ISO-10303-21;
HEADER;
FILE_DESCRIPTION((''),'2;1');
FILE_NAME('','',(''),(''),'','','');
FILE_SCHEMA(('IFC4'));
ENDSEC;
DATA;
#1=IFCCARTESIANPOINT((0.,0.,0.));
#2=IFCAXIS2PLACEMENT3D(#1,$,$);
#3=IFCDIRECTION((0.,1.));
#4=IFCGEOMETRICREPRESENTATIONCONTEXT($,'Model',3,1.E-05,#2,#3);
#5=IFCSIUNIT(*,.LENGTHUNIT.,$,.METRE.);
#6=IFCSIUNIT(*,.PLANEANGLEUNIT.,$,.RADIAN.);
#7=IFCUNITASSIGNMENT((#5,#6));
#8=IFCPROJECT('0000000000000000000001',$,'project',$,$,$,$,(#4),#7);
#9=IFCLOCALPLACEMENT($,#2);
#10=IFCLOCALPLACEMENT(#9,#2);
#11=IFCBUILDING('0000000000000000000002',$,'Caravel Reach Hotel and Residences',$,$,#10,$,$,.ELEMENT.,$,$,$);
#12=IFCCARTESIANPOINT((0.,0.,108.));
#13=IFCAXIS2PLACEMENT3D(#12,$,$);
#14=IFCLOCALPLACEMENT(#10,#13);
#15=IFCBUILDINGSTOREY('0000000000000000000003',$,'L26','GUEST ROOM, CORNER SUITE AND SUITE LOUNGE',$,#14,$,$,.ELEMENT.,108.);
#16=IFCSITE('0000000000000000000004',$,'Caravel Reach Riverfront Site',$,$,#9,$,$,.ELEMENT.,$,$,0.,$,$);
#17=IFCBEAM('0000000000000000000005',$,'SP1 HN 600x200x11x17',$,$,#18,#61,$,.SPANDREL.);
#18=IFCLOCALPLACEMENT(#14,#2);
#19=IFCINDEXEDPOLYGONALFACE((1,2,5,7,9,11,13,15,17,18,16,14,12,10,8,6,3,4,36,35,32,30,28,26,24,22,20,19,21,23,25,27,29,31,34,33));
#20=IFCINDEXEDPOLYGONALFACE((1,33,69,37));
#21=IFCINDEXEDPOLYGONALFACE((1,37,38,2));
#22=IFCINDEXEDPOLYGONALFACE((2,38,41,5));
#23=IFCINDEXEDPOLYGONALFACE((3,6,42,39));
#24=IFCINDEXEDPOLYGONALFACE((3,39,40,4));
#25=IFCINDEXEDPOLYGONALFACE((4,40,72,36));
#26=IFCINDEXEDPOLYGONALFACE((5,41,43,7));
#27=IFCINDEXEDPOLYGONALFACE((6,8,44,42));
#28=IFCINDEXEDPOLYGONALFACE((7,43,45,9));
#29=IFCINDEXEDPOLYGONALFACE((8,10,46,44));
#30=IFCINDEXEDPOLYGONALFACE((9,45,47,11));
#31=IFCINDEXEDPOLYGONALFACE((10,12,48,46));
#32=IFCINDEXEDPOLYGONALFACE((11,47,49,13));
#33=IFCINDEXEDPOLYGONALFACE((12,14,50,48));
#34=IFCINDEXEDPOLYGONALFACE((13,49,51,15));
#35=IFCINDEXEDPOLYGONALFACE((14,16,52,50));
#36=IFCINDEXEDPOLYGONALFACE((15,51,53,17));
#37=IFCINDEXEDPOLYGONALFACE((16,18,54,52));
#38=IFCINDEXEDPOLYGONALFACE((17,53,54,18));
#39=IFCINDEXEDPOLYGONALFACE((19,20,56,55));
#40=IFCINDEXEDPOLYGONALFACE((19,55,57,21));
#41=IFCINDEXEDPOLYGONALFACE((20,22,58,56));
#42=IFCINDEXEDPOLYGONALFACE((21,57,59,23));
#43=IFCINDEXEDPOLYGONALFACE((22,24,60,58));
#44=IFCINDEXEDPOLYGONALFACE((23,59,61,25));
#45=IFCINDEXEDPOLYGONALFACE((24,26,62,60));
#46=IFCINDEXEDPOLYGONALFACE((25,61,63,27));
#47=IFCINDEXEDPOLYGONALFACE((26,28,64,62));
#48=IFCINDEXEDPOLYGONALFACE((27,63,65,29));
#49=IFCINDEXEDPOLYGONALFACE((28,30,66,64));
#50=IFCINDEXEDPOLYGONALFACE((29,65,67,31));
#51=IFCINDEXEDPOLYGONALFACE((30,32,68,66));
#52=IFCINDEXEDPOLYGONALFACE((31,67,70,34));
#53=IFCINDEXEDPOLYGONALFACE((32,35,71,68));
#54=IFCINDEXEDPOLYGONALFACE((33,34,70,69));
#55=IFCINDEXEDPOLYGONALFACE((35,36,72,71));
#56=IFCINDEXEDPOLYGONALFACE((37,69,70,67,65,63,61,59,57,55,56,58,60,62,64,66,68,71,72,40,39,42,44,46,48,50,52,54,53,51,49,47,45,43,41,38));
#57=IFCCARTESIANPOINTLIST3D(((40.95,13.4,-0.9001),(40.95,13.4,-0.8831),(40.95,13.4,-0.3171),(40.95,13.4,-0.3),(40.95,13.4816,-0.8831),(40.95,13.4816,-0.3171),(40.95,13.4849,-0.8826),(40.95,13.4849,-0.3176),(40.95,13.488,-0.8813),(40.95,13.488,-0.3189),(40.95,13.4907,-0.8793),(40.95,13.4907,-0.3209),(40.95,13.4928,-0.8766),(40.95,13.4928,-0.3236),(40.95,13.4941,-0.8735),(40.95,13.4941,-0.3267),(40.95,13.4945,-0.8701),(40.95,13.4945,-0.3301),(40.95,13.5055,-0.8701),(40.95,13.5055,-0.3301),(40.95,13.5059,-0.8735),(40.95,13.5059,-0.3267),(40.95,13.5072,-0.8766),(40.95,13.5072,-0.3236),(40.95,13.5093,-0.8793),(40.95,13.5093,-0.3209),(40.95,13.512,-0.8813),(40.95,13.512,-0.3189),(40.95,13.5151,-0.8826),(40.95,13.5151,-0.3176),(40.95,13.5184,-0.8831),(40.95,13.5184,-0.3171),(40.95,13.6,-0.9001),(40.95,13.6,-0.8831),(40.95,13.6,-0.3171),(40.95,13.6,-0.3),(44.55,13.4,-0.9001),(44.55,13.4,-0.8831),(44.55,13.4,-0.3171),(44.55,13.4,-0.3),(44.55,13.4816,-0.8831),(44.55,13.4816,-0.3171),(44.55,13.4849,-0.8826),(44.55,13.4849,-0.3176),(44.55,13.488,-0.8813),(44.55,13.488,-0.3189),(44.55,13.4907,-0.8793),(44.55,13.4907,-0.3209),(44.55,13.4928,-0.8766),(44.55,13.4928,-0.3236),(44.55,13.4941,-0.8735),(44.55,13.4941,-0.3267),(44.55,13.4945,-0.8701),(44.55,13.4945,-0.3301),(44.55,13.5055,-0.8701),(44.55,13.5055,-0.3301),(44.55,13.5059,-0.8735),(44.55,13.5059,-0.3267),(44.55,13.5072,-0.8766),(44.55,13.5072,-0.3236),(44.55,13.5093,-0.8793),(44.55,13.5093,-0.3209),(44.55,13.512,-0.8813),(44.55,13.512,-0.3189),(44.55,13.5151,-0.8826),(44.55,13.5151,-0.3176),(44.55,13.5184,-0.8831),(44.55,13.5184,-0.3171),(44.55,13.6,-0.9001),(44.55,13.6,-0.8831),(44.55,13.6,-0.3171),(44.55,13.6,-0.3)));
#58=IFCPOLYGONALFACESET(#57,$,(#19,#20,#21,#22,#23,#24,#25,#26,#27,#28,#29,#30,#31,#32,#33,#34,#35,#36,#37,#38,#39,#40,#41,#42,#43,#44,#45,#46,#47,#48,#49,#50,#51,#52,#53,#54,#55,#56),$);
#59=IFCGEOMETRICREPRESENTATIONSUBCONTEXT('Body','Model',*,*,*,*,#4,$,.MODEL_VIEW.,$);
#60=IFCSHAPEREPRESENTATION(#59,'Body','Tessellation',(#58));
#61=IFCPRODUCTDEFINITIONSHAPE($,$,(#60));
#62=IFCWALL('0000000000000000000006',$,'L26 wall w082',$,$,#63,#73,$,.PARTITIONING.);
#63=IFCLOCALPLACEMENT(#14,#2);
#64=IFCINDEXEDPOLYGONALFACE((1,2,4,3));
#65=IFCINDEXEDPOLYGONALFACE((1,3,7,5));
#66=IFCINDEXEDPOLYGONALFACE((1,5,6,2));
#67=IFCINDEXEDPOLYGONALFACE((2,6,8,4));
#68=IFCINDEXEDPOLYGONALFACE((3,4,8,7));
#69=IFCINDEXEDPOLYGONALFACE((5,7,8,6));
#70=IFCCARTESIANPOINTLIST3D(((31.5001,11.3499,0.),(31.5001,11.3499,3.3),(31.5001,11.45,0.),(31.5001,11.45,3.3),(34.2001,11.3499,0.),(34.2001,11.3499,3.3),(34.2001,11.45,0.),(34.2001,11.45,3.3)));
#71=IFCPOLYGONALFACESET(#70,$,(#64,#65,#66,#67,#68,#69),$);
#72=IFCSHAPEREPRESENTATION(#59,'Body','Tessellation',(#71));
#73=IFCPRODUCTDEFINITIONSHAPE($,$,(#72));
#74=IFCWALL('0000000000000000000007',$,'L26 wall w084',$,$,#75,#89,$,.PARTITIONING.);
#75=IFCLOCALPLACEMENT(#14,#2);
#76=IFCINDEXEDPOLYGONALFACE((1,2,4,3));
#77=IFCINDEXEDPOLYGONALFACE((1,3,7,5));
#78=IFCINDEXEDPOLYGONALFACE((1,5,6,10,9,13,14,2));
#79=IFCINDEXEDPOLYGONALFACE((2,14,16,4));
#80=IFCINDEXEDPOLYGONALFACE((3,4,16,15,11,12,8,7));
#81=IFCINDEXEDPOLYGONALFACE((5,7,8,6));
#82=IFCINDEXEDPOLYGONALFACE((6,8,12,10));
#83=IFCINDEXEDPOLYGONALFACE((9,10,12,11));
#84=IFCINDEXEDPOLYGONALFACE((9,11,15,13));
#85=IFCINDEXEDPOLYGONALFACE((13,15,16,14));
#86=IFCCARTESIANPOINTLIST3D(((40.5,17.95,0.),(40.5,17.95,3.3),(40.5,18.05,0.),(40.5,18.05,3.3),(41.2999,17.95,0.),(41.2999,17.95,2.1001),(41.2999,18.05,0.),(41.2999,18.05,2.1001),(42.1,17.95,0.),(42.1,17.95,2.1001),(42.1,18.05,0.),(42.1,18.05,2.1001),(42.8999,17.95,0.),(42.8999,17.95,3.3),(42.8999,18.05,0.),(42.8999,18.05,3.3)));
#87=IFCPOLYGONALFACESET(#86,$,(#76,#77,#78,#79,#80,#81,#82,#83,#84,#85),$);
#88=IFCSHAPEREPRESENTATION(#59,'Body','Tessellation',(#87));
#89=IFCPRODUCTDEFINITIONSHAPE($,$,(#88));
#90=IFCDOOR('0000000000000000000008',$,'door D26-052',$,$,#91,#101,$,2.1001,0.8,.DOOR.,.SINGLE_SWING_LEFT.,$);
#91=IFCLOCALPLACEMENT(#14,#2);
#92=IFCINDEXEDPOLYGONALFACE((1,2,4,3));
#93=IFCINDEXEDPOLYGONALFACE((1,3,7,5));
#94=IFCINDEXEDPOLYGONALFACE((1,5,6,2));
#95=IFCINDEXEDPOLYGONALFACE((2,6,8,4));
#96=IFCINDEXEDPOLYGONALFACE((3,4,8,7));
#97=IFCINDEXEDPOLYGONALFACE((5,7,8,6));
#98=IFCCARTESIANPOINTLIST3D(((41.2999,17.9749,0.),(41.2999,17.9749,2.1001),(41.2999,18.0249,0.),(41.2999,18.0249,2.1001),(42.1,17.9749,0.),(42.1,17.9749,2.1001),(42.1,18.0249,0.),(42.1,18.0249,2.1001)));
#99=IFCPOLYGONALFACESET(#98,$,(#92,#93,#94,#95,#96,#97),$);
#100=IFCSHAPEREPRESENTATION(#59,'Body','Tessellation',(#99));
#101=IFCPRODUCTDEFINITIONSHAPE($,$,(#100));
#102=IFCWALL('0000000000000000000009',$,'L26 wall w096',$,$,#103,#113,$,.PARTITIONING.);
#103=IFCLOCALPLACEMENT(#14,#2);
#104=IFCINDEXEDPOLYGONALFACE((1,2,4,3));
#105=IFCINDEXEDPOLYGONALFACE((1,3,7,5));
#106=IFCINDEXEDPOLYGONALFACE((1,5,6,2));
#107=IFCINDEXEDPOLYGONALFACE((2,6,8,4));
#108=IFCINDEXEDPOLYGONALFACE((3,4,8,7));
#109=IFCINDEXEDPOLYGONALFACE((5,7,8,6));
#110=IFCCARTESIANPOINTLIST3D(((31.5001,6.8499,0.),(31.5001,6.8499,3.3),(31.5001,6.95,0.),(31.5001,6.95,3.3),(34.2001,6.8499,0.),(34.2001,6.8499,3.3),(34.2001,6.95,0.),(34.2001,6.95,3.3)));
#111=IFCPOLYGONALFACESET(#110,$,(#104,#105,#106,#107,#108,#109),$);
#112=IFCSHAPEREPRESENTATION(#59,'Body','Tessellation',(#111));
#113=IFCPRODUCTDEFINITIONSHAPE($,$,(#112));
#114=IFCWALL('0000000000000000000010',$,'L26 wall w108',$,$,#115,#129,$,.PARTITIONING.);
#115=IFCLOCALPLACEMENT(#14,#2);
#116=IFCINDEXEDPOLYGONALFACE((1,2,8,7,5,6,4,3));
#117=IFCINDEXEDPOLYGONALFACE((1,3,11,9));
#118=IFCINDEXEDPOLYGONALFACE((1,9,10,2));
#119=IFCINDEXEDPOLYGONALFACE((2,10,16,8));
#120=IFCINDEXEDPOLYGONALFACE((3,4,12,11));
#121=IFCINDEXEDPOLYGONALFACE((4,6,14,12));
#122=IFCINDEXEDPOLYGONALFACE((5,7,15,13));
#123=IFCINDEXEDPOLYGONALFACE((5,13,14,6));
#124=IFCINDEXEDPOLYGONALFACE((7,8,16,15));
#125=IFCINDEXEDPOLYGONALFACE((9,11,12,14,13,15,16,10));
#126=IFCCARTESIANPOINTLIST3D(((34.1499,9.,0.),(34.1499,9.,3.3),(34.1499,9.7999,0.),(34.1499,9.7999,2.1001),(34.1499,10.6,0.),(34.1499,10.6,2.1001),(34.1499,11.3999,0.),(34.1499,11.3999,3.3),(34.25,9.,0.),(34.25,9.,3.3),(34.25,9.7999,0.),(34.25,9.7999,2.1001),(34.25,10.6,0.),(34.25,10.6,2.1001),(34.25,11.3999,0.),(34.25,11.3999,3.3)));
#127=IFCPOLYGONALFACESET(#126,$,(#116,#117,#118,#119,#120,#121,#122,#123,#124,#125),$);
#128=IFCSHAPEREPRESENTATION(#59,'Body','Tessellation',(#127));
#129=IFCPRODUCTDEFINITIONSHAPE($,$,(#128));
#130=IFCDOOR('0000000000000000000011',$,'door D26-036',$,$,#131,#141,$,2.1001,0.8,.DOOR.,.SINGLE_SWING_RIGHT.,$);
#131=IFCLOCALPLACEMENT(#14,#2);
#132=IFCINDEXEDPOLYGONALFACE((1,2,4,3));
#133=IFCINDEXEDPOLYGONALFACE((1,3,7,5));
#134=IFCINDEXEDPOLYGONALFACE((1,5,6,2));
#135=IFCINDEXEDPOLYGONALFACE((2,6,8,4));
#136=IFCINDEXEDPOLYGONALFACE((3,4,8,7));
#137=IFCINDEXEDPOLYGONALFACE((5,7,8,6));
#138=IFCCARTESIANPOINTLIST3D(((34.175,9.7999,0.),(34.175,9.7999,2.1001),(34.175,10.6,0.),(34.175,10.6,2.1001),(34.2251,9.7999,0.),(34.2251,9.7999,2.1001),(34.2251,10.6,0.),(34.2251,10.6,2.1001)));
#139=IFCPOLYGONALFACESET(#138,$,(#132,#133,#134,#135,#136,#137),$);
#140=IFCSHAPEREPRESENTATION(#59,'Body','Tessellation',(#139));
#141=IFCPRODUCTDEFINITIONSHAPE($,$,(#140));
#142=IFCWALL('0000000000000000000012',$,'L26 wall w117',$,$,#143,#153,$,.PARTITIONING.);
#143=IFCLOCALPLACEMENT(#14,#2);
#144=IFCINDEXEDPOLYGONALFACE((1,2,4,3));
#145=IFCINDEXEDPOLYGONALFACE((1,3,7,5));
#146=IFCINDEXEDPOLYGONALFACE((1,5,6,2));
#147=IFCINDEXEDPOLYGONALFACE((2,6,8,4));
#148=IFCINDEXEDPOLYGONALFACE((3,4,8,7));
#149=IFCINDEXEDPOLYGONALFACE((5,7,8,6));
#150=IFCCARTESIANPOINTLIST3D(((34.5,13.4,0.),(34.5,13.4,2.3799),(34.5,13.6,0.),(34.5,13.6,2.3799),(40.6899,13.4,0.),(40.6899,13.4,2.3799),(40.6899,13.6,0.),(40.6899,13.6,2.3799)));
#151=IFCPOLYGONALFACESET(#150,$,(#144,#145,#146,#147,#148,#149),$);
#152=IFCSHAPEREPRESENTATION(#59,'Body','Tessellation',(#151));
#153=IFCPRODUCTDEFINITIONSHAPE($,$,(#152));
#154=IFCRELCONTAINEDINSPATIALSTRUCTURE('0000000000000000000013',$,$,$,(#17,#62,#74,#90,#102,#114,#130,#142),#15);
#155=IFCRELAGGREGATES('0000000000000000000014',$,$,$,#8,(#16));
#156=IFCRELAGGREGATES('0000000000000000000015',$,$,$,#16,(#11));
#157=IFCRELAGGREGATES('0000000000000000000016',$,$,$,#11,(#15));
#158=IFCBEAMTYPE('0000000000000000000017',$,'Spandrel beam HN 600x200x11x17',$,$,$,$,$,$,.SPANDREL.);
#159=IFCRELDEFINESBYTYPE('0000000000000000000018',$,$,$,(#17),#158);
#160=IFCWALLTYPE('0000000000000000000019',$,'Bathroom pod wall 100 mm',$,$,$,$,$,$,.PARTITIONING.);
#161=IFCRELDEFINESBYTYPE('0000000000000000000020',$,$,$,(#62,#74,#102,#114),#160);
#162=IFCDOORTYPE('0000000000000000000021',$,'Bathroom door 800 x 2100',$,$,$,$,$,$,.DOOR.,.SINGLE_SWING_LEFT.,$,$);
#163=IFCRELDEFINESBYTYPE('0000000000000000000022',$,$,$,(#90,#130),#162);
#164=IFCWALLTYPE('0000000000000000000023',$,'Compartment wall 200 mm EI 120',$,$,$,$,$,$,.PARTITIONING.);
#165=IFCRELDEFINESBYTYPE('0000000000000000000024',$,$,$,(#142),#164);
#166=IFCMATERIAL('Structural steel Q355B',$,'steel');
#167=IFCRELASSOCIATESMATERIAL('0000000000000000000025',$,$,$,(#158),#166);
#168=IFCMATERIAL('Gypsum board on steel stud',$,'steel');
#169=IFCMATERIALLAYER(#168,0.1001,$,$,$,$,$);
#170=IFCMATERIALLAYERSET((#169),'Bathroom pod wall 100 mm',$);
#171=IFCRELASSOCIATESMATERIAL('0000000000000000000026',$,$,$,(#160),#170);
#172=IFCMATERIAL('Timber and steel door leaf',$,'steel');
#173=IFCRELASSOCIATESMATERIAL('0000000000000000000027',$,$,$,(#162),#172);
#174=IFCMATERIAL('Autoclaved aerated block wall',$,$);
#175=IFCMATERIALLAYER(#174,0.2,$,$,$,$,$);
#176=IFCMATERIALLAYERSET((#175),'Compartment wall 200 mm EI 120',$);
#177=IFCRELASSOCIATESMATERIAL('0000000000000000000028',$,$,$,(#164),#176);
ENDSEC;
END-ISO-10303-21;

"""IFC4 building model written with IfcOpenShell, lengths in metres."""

from ifc_helpers import new_model, si_unit, direction, frame, frame_2d, origin, origin_2d, place, context, subcontext, project, spatial, rectangle, i_section, extrude, material, layer, layer_set, material_profile, profile_set, type_object, element, fill, save


model = new_model("IFC4")

# Units and contexts
model_context = context("Model", 3, precision=1e-05, world=origin(), true_north=direction((0.0, 1.0)))
body_context = subcontext(model_context, "Body", "Model", "MODEL_VIEW")
ifc_project = project(units=[si_unit("LENGTHUNIT", "METRE"), si_unit("PLANEANGLEUNIT", "RADIAN")], contexts=[model_context])

# Site, building, storey
site_placement = place(None, origin())
site = spatial("IfcSite", under=ifc_project, at=site_placement, Name="Caravel Reach Riverfront Site", CompositionType="ELEMENT", RefElevation=0.0)
building_placement = place(site_placement, origin())
building = spatial("IfcBuilding", under=site, at=building_placement, Name="Caravel Reach Hotel and Residences", CompositionType="ELEMENT")
storey_placement = place(building_placement, frame((0.0, 0.0, 108.0)))
storey = spatial("IfcBuildingStorey", under=building, at=storey_placement, Name="L26", Description="GUEST ROOM, CORNER SUITE AND SUITE LOUNGE", CompositionType="ELEMENT", Elevation=108.0)

# Beam
ifc_material_1 = material(Name="Structural steel Q355B", Category="steel")
ifc_material_profile_1 = material_profile(ifc_material_1, i_section(OverallWidth=0.2, OverallDepth=0.6001, WebThickness=0.011, FlangeThickness=0.0171, FilletRadius=0.0129, at=origin_2d()), Name="HN 600x200x11x17")
ifc_profile_set_1 = profile_set([ifc_material_profile_1], Name="Structural steel Q355B")
beam_type_1 = type_object("IfcBeamType", Name="Spandrel beam HN 600x200x11x17", PredefinedType="SPANDREL", material=ifc_profile_set_1)
beam_1_placement = place(storey_placement, frame((40.95, 13.5, -0.6001), z_axis=(1.0, 0.0, 0.0), x_axis=(0.0, 1.0, 0.0)))
element("IfcBeam", 1, at=beam_1_placement, inside=storey, type_object=beam_type_1, Name="SP1 HN 600x200x11x17", PredefinedType="SPANDREL", context=body_context, shape_type="SweptSolid", body=[
    extrude(i_section(OverallWidth=0.2, OverallDepth=0.6001, WebThickness=0.011, FlangeThickness=0.0171, FilletRadius=0.0129, at=origin_2d()), origin(), (0.0, 0.0, 1.0), 3.6001),
])

# Wall
ifc_material_2 = material(Name="Gypsum board on steel stud", Category="steel")
ifc_layer_1 = layer(ifc_material_2, 0.1001)
ifc_layer_set_1 = layer_set([ifc_layer_1], Name="Bathroom pod wall 100 mm")
wall_type_1 = type_object("IfcWallType", Name="Bathroom pod wall 100 mm", PredefinedType="PARTITIONING", material=ifc_layer_set_1)
wall_1_placement = place(storey_placement, frame((31.5, 11.3999, 0.0), z_axis=(0.0, 0.0, 1.0), x_axis=(1.0, 0.0, 0.0)))
element("IfcWall", 2, at=wall_1_placement, inside=storey, type_object=wall_type_1, Name="L26 wall w082", PredefinedType="PARTITIONING", context=body_context, shape_type="SweptSolid", body=[
    extrude(rectangle(XDim=2.7, YDim=0.1001, at=frame_2d((1.3501, 0.0))), origin(), (0.0, 0.0, 1.0), 3.3),
])

# Wall, opening, door
wall_2_placement = place(storey_placement, frame((40.5, 18.0, 0.0), z_axis=(0.0, 0.0, 1.0), x_axis=(1.0, 0.0, 0.0)))
wall_2 = element("IfcWall", 3, at=wall_2_placement, inside=storey, type_object=wall_type_1, Name="L26 wall w084", PredefinedType="PARTITIONING", context=body_context, shape_type="SweptSolid", body=[
    extrude(rectangle(XDim=2.3999, YDim=0.1001, at=frame_2d((1.2, 0.0))), origin(), (0.0, 0.0, 1.0), 3.3),
])
opening_1_placement = place(wall_2_placement, frame((0.8, 0.0, 0.0)))
opening_1 = element("IfcOpeningElement", 4, at=opening_1_placement, cuts=wall_2, PredefinedType="OPENING", context=body_context, shape_type="SweptSolid", body=[
    extrude(rectangle(XDim=0.8, YDim=2.1001, at=frame_2d((0.3999, 1.05))), frame((0.0, 0.0601, 0.0), z_axis=(0.0, -1.0, 0.0), x_axis=(1.0, 0.0, 0.0)), (0.0, 0.0, 1.0), 0.1201),
])
ifc_material_3 = material(Name="Timber and steel door leaf", Category="steel")
door_type_1 = type_object("IfcDoorType", Name="Bathroom door 800 x 2100", OperationType="SINGLE_SWING_LEFT", PredefinedType="DOOR", material=ifc_material_3)
door_1_placement = place(opening_1_placement, origin())
door_1 = element("IfcDoor", 5, at=door_1_placement, inside=storey, type_object=door_type_1, Name="door D26-052", OperationType="SINGLE_SWING_LEFT", OverallHeight=2.1001, OverallWidth=0.8, PredefinedType="DOOR", context=body_context, shape_type="SweptSolid", body=[
    extrude(rectangle(XDim=0.8, YDim=2.1001, at=frame_2d((0.3999, 1.05))), frame((0.0, 0.0249, 0.0), z_axis=(0.0, -1.0, 0.0), x_axis=(1.0, 0.0, 0.0)), (0.0, 0.0, 1.0), 0.05),
])
fill(opening_1, door_1)

# Wall
wall_3_placement = place(storey_placement, frame((31.5, 6.8999, 0.0), z_axis=(0.0, 0.0, 1.0), x_axis=(1.0, 0.0, 0.0)))
element("IfcWall", 6, at=wall_3_placement, inside=storey, type_object=wall_type_1, Name="L26 wall w096", PredefinedType="PARTITIONING", context=body_context, shape_type="SweptSolid", body=[
    extrude(rectangle(XDim=2.7, YDim=0.1001, at=frame_2d((1.3501, 0.0))), origin(), (0.0, 0.0, 1.0), 3.3),
])

# Wall, opening, door
wall_4_placement = place(storey_placement, frame((34.2, 9.0, 0.0), z_axis=(0.0, 0.0, 1.0), x_axis=(0.0, 1.0, 0.0)))
wall_4 = element("IfcWall", 7, at=wall_4_placement, inside=storey, type_object=wall_type_1, Name="L26 wall w108", PredefinedType="PARTITIONING", context=body_context, shape_type="SweptSolid", body=[
    extrude(rectangle(XDim=2.3999, YDim=0.1001, at=frame_2d((1.2, 0.0))), origin(), (0.0, 0.0, 1.0), 3.3),
])
opening_2_placement = place(wall_4_placement, frame((0.8, 0.0, 0.0)))
opening_2 = element("IfcOpeningElement", 8, at=opening_2_placement, cuts=wall_4, PredefinedType="OPENING", context=body_context, shape_type="SweptSolid", body=[
    extrude(rectangle(XDim=0.8, YDim=2.1001, at=frame_2d((0.3999, 1.05))), frame((0.0, 0.0601, 0.0), z_axis=(0.0, -1.0, 0.0), x_axis=(1.0, 0.0, 0.0)), (0.0, 0.0, 1.0), 0.1201),
])
door_2_placement = place(opening_2_placement, origin())
door_2 = element("IfcDoor", 9, at=door_2_placement, inside=storey, type_object=door_type_1, Name="door D26-036", OperationType="SINGLE_SWING_RIGHT", OverallHeight=2.1001, OverallWidth=0.8, PredefinedType="DOOR", context=body_context, shape_type="SweptSolid", body=[
    extrude(rectangle(XDim=0.8, YDim=2.1001, at=frame_2d((0.3999, 1.05))), frame((0.0, 0.0249, 0.0), z_axis=(0.0, -1.0, 0.0), x_axis=(1.0, 0.0, 0.0)), (0.0, 0.0, 1.0), 0.05),
])
fill(opening_2, door_2)

# Wall
ifc_material_4 = material(Name="Autoclaved aerated block wall")
ifc_layer_2 = layer(ifc_material_4, 0.2)
ifc_layer_set_2 = layer_set([ifc_layer_2], Name="Compartment wall 200 mm EI 120")
wall_type_2 = type_object("IfcWallType", Name="Compartment wall 200 mm EI 120", PredefinedType="PARTITIONING", material=ifc_layer_set_2)
wall_5_placement = place(storey_placement, frame((34.5, 13.5, 0.0), z_axis=(0.0, 0.0, 1.0), x_axis=(1.0, 0.0, 0.0)))
element("IfcWall", 10, at=wall_5_placement, inside=storey, type_object=wall_type_2, Name="L26 wall w117", PredefinedType="PARTITIONING", context=body_context, shape_type="SweptSolid", body=[
    extrude(rectangle(XDim=6.1899, YDim=0.2, at=frame_2d((3.095, 0.0))), origin(), (0.0, 0.0, 1.0), 2.3799),
])

save(model, "model.ifc")
